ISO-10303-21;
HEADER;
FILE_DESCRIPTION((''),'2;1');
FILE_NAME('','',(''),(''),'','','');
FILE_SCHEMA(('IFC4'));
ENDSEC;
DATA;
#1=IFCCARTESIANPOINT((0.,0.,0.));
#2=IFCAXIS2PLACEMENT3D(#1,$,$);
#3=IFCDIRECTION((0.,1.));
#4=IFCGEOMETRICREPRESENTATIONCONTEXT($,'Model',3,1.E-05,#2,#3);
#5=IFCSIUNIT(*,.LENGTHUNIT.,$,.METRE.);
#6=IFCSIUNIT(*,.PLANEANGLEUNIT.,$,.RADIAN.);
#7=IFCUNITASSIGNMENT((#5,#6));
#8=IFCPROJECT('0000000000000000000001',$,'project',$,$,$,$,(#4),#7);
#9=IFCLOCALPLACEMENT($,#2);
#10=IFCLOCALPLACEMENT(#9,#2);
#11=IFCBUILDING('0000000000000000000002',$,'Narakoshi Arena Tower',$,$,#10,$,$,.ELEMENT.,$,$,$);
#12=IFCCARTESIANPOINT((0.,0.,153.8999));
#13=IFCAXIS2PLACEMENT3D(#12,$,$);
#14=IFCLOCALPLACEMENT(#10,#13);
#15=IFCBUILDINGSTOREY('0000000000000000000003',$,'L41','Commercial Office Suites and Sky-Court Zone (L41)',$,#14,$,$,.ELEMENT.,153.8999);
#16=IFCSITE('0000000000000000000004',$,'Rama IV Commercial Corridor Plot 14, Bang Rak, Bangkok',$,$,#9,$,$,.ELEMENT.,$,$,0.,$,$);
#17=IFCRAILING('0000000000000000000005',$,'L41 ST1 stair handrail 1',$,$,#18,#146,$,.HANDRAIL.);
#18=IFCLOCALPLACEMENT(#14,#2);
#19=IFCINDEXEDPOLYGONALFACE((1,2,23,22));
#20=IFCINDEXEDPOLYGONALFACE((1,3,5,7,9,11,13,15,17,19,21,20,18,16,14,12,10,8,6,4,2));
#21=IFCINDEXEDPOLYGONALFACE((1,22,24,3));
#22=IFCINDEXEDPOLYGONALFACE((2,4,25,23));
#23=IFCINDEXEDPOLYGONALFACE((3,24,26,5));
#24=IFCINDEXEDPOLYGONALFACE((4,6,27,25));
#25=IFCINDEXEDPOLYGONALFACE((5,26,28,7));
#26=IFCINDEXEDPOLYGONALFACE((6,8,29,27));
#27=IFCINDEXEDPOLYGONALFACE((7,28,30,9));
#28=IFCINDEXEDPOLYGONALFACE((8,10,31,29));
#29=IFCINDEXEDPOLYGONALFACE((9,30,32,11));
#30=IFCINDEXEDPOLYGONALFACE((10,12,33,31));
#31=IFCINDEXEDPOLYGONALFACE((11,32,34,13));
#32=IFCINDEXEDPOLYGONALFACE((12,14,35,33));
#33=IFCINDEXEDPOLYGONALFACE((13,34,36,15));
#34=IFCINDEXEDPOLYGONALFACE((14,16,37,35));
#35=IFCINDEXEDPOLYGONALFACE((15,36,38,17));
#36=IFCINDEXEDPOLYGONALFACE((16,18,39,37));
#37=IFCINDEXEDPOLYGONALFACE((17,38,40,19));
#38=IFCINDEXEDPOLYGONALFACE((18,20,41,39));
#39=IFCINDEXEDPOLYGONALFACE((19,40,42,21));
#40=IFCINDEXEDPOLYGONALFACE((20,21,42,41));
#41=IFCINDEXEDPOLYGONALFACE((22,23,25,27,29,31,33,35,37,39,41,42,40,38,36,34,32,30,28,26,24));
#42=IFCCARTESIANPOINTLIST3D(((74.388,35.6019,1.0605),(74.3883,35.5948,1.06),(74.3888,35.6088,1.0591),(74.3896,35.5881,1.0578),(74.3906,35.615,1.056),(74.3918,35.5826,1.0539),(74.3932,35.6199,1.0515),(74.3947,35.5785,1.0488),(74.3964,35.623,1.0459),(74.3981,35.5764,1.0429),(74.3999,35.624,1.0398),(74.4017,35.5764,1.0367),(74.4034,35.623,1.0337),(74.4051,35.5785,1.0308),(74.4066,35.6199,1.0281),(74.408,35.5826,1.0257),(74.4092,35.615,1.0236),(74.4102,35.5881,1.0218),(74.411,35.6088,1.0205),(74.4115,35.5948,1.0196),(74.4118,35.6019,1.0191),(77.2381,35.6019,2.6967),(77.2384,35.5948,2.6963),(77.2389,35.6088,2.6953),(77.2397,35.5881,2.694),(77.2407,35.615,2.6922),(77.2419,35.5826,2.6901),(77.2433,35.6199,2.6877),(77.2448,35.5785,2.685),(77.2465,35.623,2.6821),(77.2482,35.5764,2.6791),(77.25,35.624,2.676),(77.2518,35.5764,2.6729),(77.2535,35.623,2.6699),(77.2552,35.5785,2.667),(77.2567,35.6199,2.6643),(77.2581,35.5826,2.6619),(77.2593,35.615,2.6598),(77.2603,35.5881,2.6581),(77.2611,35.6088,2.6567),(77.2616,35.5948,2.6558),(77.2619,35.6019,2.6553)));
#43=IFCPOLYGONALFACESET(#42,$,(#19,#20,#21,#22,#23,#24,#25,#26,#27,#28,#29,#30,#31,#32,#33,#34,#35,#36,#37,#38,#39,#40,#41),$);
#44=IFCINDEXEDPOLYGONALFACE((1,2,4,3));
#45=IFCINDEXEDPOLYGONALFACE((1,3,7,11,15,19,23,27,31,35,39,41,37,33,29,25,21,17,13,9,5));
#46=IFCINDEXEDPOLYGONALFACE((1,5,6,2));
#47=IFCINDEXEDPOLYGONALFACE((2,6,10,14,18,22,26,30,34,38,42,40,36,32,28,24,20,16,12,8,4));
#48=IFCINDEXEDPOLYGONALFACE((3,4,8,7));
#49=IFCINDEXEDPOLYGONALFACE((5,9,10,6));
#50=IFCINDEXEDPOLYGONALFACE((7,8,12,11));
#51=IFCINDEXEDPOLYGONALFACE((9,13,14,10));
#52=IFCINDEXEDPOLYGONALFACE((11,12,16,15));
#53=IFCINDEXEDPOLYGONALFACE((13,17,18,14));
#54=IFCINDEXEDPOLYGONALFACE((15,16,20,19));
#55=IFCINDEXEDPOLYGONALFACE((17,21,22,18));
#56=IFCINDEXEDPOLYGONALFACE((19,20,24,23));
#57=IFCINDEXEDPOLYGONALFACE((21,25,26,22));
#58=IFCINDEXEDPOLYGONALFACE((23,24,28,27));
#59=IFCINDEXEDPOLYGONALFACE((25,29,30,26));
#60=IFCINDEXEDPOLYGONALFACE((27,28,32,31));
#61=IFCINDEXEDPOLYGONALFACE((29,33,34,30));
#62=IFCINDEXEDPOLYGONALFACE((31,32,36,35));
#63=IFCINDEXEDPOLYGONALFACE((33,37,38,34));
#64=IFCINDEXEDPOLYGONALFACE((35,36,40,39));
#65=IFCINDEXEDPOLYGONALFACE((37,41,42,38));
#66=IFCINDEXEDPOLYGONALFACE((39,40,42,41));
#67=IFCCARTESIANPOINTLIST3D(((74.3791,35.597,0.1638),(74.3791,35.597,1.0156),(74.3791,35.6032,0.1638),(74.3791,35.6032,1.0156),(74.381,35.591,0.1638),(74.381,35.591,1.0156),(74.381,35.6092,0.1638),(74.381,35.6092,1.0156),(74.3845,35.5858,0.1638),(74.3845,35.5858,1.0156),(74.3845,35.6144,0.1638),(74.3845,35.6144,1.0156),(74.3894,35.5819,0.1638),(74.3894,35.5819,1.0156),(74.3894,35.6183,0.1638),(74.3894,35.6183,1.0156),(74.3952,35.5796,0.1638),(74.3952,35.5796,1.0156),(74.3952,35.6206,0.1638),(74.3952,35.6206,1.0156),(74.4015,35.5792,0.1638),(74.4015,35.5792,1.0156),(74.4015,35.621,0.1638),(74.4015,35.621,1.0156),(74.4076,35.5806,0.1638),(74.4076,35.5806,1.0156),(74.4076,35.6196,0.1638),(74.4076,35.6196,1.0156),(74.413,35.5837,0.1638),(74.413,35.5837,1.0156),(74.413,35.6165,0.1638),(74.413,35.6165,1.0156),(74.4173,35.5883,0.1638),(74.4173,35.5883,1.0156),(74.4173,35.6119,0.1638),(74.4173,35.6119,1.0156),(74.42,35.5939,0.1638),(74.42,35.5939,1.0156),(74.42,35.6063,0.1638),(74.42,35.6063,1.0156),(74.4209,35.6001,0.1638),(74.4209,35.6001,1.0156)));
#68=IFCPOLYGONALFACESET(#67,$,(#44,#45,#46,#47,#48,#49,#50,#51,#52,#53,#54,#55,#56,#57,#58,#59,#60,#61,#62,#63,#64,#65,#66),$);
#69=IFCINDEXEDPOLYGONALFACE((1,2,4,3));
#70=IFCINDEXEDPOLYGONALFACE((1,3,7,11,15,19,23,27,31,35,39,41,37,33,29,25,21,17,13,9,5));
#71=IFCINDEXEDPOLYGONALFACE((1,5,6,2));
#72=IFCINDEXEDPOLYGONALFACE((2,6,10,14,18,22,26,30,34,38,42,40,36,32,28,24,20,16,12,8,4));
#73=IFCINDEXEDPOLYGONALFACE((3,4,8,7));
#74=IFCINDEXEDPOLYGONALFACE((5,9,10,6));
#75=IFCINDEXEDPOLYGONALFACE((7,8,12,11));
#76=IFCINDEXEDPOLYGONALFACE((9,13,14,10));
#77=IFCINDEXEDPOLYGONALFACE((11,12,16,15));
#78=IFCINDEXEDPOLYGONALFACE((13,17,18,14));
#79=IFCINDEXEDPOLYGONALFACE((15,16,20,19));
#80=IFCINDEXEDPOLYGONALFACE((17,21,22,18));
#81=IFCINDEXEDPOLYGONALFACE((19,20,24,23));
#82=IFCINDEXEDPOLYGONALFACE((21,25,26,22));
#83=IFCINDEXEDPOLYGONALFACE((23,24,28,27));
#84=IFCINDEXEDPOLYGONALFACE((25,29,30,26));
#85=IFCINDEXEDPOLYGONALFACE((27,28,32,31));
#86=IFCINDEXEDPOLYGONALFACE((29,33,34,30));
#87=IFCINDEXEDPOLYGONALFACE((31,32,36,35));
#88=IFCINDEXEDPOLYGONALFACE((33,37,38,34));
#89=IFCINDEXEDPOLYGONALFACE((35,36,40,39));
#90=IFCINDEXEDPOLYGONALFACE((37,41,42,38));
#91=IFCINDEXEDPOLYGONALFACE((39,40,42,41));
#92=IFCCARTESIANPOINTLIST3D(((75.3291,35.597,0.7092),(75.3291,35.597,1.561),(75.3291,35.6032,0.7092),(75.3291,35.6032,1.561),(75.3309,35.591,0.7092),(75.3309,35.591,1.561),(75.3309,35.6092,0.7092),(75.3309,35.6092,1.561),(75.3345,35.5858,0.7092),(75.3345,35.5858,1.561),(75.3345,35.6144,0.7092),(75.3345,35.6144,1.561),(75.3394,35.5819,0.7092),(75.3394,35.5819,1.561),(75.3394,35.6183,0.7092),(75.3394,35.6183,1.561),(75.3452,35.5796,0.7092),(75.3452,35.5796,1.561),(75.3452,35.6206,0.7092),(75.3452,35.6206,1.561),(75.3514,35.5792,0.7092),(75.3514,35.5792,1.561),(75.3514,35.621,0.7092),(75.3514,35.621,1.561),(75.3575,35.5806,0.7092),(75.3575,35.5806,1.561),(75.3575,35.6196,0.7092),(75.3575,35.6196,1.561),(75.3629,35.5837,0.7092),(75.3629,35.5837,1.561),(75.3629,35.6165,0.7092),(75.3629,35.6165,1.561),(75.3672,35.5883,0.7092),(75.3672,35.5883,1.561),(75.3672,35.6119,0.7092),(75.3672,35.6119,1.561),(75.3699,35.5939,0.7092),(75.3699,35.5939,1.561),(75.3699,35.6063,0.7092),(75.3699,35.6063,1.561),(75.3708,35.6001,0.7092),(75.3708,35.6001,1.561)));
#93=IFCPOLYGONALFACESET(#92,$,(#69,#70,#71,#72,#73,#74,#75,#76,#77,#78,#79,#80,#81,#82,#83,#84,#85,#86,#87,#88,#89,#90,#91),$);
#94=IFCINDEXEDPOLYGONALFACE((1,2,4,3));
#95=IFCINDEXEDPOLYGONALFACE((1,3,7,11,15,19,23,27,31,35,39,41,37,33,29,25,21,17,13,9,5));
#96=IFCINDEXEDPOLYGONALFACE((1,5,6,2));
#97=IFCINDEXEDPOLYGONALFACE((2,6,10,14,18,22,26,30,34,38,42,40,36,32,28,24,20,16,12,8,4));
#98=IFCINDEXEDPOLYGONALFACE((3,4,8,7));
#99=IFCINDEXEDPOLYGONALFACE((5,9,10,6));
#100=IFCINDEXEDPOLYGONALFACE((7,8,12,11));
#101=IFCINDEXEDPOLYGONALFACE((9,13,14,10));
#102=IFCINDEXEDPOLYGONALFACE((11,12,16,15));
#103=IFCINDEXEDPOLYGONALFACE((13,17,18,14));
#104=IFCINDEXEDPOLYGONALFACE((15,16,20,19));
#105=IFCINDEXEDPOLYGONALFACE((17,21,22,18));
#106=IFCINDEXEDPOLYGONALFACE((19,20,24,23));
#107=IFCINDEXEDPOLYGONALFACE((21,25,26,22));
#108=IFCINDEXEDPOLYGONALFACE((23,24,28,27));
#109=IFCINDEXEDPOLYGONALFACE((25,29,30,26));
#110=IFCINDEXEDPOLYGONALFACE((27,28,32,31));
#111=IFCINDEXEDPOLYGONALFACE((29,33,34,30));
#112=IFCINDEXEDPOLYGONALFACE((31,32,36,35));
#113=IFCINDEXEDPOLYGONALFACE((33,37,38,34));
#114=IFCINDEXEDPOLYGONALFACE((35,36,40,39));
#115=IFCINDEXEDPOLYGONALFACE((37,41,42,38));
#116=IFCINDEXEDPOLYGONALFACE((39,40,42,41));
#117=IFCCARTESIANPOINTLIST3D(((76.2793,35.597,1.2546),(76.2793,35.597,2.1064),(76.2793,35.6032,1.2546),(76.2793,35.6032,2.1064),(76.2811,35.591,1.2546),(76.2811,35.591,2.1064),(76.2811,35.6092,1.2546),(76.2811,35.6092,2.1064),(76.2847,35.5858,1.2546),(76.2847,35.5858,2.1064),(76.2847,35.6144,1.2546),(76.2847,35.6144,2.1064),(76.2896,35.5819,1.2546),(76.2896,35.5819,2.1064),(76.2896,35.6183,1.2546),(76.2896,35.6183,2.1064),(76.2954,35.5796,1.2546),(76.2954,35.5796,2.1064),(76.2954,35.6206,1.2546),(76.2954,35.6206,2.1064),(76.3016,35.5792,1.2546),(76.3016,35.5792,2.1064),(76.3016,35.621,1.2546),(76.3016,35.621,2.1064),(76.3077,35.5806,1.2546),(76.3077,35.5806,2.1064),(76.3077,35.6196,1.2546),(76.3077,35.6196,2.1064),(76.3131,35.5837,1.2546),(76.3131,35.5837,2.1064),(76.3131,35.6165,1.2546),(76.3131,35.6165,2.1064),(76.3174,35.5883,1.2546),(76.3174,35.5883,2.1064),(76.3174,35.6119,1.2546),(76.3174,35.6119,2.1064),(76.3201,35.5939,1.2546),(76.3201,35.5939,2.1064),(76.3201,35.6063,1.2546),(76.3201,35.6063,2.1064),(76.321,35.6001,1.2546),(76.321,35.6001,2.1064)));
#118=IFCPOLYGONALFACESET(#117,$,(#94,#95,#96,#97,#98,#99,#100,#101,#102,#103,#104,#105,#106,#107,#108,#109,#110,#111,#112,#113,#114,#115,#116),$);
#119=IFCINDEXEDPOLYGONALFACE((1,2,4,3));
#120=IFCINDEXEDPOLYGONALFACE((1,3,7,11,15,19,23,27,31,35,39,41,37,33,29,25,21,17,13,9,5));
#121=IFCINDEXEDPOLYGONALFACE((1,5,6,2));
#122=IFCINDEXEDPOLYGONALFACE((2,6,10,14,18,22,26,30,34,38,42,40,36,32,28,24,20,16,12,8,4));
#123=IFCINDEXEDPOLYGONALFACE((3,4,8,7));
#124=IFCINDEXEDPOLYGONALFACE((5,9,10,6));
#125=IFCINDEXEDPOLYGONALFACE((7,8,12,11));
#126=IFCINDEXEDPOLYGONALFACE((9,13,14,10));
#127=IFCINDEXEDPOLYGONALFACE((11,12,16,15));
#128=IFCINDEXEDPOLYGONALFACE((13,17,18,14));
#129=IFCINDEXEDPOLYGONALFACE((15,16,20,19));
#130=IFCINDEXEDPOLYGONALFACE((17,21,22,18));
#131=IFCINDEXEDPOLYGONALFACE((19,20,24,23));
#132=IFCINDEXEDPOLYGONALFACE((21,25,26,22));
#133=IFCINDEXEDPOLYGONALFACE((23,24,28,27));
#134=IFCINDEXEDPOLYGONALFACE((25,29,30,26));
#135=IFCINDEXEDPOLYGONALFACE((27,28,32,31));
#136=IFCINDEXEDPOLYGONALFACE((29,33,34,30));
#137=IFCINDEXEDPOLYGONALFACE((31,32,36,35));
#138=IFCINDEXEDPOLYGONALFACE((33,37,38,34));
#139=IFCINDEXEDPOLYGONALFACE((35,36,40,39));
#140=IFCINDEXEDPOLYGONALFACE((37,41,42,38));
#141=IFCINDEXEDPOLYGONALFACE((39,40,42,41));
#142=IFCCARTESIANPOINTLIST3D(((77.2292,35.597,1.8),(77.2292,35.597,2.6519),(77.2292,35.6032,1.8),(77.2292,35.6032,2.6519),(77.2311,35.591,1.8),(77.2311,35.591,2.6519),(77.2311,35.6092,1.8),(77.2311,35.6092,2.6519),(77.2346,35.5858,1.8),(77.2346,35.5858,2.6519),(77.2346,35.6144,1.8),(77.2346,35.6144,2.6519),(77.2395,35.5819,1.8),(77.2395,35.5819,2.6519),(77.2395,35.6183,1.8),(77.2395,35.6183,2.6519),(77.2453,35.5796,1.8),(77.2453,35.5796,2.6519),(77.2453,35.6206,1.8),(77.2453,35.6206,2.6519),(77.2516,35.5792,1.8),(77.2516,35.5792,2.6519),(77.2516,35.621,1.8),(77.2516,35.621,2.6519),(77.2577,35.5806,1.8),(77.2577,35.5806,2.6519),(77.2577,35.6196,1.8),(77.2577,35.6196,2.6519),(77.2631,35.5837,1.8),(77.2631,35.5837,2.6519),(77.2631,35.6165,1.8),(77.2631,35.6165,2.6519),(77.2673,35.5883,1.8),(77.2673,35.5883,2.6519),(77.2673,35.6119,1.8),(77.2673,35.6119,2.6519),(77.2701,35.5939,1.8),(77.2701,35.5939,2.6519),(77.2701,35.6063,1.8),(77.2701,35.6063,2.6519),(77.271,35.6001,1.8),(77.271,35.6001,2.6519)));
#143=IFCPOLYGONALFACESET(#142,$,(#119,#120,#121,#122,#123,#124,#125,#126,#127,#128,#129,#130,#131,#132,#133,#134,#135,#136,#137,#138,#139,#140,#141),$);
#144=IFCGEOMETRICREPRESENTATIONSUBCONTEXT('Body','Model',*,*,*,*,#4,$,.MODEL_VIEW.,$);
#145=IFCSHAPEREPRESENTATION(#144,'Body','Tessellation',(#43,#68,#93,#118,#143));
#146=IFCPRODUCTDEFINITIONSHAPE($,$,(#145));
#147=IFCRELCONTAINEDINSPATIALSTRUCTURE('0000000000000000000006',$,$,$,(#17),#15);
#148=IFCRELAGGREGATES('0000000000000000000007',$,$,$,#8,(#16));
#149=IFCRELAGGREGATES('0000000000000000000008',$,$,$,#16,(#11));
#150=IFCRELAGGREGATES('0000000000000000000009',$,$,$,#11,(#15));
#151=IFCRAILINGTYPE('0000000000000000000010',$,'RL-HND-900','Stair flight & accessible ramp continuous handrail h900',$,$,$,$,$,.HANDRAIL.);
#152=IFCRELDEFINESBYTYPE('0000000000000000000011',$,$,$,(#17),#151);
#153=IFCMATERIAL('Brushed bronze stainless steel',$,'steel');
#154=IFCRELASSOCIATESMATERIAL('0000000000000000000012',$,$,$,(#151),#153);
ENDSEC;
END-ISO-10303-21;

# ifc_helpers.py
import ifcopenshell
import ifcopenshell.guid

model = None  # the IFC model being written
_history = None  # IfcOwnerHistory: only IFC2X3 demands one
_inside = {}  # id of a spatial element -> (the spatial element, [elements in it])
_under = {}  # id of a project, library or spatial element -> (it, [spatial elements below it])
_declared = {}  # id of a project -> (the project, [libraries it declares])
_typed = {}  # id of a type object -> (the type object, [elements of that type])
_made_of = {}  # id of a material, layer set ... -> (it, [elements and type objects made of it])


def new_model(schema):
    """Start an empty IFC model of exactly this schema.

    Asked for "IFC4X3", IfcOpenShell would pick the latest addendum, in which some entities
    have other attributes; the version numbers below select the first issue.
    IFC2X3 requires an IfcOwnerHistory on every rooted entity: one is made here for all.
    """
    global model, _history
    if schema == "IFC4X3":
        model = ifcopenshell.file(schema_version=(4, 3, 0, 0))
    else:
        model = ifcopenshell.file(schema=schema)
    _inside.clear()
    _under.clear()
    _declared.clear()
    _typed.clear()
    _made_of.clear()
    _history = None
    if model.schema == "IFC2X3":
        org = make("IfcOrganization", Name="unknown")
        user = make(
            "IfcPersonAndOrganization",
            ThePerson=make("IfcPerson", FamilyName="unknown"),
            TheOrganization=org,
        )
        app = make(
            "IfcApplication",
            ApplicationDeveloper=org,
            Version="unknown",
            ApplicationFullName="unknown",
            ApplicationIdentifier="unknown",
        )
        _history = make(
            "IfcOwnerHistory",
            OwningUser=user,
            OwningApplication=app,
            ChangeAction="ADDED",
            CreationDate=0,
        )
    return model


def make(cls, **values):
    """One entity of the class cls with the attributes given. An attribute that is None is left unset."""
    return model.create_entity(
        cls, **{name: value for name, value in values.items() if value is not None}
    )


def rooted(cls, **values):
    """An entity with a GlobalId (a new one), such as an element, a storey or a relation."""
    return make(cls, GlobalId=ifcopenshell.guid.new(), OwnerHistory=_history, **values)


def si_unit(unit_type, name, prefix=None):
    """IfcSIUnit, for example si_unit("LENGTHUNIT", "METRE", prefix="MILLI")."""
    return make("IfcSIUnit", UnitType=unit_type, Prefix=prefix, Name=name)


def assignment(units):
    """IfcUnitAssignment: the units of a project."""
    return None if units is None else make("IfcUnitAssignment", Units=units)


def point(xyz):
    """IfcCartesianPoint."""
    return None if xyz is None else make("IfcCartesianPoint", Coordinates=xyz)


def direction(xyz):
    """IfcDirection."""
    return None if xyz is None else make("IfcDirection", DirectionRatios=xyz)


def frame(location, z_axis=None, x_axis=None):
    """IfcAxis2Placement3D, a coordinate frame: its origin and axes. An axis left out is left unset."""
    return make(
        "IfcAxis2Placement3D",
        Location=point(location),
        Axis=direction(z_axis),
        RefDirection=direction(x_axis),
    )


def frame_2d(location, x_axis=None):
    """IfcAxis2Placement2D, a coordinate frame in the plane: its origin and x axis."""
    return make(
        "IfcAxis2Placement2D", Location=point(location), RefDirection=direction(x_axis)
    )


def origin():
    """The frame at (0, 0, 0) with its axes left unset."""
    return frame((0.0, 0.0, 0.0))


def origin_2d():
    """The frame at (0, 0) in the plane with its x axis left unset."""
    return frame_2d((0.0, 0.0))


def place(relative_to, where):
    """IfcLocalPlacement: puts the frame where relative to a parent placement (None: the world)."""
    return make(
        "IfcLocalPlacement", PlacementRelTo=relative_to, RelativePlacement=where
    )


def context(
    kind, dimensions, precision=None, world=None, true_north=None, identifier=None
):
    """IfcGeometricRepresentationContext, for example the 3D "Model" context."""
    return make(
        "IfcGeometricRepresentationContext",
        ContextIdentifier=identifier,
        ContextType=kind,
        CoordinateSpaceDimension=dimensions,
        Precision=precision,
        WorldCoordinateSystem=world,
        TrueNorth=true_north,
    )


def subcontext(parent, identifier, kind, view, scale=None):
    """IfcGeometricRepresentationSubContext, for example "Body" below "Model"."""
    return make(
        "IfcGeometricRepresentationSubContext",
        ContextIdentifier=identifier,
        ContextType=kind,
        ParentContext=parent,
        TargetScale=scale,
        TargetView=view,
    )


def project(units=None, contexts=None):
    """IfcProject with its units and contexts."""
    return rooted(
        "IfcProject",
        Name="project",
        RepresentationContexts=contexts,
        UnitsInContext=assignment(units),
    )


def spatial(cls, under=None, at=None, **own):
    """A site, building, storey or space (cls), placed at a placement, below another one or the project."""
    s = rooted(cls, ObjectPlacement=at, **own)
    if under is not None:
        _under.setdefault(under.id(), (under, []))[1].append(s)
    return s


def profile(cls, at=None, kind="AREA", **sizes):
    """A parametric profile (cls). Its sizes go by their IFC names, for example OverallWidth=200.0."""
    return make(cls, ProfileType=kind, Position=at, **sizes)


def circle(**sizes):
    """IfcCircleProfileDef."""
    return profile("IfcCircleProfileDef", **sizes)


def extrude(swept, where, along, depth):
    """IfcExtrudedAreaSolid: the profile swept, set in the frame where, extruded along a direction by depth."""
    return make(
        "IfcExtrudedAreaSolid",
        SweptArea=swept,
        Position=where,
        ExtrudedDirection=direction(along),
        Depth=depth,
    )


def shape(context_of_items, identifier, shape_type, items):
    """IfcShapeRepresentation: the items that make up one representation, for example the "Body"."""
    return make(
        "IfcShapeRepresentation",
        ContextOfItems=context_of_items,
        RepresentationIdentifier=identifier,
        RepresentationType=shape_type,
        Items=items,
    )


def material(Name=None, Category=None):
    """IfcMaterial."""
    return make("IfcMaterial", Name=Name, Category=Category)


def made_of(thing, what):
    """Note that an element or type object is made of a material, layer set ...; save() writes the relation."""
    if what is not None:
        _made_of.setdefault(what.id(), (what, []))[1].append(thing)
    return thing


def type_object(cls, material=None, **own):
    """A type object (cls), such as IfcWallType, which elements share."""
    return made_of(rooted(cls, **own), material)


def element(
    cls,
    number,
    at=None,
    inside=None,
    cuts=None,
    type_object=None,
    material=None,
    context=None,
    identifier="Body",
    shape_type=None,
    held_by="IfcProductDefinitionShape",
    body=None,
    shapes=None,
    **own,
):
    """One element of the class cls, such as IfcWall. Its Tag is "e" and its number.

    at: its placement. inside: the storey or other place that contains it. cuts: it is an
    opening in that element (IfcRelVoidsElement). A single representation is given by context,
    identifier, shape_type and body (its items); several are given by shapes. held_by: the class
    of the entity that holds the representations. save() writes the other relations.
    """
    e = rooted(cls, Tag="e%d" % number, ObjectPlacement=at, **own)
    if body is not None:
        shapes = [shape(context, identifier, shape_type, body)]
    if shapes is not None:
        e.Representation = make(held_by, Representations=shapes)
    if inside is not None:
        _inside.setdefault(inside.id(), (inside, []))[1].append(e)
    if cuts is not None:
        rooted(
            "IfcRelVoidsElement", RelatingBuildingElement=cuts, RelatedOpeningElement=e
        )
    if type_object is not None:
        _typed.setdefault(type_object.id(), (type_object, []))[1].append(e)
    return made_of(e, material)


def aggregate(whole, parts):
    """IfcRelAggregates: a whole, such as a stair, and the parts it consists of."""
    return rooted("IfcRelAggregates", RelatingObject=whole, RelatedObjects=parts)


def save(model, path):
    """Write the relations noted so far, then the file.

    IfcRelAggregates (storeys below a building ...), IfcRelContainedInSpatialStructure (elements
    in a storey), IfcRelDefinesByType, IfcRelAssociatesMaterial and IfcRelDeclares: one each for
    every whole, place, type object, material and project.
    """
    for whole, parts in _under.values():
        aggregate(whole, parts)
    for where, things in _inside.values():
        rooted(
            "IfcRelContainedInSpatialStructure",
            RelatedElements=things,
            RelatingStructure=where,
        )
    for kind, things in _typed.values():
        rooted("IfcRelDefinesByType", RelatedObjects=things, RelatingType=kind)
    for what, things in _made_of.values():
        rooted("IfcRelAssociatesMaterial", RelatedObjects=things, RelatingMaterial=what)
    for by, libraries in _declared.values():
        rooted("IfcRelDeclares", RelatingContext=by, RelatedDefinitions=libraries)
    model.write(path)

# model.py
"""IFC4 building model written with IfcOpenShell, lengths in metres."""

from ifc_helpers import new_model, si_unit, direction, frame, origin, origin_2d, place, context, subcontext, project, spatial, circle, extrude, material, type_object, element, save


model = new_model("IFC4")

# Units and contexts
model_context = context("Model", 3, precision=1e-05, world=origin(), true_north=direction((0.0, 1.0)))
body_context = subcontext(model_context, "Body", "Model", "MODEL_VIEW")
ifc_project = project(units=[si_unit("LENGTHUNIT", "METRE"), si_unit("PLANEANGLEUNIT", "RADIAN")], contexts=[model_context])

# Site, building, storey
site_placement = place(None, origin())
site = spatial("IfcSite", under=ifc_project, at=site_placement, Name="Rama IV Commercial Corridor Plot 14, Bang Rak, Bangkok", CompositionType="ELEMENT", RefElevation=0.0)
building_placement = place(site_placement, origin())
building = spatial("IfcBuilding", under=site, at=building_placement, Name="Narakoshi Arena Tower", CompositionType="ELEMENT")
storey_placement = place(building_placement, frame((0.0, 0.0, 153.8999)))
storey = spatial("IfcBuildingStorey", under=building, at=storey_placement, Name="L41", Description="Commercial Office Suites and Sky-Court Zone (L41)", CompositionType="ELEMENT", Elevation=153.8999)

# Railing
ifc_material_1 = material(Name="Brushed bronze stainless steel", Category="steel")
railing_type_1 = type_object("IfcRailingType", Name="RL-HND-900", Description="Stair flight & accessible ramp continuous handrail h900", PredefinedType="HANDRAIL", material=ifc_material_1)
railing_1_placement = place(storey_placement, frame((74.3999, 35.6001, 0.1638)))
element("IfcRailing", 1, at=railing_1_placement, inside=storey, type_object=railing_type_1, Name="L41 ST1 stair handrail 1", PredefinedType="HANDRAIL", context=body_context, shape_type="SweptSolid", body=[
    extrude(circle(Radius=0.0239, at=origin_2d()), frame((0.0, 0.0, 0.876), z_axis=(0.867245, 0.0, 0.497882), x_axis=(0.0, 1.0, 0.0)), (0.0, 0.0, 1.0), 3.2864),
    extrude(circle(Radius=0.021, at=origin_2d()), origin(), (0.0, 0.0, 1.0), 0.8518),
    extrude(circle(Radius=0.021, at=origin_2d()), frame((0.95, 0.0, 0.5454)), (0.0, 0.0, 1.0), 0.8518),
    extrude(circle(Radius=0.021, at=origin_2d()), frame((1.9001, 0.0, 1.0908)), (0.0, 0.0, 1.0), 0.8518),
    extrude(circle(Radius=0.021, at=origin_2d()), frame((2.8501, 0.0, 1.6362)), (0.0, 0.0, 1.0), 0.8518),
])

save(model, "model.ifc")
